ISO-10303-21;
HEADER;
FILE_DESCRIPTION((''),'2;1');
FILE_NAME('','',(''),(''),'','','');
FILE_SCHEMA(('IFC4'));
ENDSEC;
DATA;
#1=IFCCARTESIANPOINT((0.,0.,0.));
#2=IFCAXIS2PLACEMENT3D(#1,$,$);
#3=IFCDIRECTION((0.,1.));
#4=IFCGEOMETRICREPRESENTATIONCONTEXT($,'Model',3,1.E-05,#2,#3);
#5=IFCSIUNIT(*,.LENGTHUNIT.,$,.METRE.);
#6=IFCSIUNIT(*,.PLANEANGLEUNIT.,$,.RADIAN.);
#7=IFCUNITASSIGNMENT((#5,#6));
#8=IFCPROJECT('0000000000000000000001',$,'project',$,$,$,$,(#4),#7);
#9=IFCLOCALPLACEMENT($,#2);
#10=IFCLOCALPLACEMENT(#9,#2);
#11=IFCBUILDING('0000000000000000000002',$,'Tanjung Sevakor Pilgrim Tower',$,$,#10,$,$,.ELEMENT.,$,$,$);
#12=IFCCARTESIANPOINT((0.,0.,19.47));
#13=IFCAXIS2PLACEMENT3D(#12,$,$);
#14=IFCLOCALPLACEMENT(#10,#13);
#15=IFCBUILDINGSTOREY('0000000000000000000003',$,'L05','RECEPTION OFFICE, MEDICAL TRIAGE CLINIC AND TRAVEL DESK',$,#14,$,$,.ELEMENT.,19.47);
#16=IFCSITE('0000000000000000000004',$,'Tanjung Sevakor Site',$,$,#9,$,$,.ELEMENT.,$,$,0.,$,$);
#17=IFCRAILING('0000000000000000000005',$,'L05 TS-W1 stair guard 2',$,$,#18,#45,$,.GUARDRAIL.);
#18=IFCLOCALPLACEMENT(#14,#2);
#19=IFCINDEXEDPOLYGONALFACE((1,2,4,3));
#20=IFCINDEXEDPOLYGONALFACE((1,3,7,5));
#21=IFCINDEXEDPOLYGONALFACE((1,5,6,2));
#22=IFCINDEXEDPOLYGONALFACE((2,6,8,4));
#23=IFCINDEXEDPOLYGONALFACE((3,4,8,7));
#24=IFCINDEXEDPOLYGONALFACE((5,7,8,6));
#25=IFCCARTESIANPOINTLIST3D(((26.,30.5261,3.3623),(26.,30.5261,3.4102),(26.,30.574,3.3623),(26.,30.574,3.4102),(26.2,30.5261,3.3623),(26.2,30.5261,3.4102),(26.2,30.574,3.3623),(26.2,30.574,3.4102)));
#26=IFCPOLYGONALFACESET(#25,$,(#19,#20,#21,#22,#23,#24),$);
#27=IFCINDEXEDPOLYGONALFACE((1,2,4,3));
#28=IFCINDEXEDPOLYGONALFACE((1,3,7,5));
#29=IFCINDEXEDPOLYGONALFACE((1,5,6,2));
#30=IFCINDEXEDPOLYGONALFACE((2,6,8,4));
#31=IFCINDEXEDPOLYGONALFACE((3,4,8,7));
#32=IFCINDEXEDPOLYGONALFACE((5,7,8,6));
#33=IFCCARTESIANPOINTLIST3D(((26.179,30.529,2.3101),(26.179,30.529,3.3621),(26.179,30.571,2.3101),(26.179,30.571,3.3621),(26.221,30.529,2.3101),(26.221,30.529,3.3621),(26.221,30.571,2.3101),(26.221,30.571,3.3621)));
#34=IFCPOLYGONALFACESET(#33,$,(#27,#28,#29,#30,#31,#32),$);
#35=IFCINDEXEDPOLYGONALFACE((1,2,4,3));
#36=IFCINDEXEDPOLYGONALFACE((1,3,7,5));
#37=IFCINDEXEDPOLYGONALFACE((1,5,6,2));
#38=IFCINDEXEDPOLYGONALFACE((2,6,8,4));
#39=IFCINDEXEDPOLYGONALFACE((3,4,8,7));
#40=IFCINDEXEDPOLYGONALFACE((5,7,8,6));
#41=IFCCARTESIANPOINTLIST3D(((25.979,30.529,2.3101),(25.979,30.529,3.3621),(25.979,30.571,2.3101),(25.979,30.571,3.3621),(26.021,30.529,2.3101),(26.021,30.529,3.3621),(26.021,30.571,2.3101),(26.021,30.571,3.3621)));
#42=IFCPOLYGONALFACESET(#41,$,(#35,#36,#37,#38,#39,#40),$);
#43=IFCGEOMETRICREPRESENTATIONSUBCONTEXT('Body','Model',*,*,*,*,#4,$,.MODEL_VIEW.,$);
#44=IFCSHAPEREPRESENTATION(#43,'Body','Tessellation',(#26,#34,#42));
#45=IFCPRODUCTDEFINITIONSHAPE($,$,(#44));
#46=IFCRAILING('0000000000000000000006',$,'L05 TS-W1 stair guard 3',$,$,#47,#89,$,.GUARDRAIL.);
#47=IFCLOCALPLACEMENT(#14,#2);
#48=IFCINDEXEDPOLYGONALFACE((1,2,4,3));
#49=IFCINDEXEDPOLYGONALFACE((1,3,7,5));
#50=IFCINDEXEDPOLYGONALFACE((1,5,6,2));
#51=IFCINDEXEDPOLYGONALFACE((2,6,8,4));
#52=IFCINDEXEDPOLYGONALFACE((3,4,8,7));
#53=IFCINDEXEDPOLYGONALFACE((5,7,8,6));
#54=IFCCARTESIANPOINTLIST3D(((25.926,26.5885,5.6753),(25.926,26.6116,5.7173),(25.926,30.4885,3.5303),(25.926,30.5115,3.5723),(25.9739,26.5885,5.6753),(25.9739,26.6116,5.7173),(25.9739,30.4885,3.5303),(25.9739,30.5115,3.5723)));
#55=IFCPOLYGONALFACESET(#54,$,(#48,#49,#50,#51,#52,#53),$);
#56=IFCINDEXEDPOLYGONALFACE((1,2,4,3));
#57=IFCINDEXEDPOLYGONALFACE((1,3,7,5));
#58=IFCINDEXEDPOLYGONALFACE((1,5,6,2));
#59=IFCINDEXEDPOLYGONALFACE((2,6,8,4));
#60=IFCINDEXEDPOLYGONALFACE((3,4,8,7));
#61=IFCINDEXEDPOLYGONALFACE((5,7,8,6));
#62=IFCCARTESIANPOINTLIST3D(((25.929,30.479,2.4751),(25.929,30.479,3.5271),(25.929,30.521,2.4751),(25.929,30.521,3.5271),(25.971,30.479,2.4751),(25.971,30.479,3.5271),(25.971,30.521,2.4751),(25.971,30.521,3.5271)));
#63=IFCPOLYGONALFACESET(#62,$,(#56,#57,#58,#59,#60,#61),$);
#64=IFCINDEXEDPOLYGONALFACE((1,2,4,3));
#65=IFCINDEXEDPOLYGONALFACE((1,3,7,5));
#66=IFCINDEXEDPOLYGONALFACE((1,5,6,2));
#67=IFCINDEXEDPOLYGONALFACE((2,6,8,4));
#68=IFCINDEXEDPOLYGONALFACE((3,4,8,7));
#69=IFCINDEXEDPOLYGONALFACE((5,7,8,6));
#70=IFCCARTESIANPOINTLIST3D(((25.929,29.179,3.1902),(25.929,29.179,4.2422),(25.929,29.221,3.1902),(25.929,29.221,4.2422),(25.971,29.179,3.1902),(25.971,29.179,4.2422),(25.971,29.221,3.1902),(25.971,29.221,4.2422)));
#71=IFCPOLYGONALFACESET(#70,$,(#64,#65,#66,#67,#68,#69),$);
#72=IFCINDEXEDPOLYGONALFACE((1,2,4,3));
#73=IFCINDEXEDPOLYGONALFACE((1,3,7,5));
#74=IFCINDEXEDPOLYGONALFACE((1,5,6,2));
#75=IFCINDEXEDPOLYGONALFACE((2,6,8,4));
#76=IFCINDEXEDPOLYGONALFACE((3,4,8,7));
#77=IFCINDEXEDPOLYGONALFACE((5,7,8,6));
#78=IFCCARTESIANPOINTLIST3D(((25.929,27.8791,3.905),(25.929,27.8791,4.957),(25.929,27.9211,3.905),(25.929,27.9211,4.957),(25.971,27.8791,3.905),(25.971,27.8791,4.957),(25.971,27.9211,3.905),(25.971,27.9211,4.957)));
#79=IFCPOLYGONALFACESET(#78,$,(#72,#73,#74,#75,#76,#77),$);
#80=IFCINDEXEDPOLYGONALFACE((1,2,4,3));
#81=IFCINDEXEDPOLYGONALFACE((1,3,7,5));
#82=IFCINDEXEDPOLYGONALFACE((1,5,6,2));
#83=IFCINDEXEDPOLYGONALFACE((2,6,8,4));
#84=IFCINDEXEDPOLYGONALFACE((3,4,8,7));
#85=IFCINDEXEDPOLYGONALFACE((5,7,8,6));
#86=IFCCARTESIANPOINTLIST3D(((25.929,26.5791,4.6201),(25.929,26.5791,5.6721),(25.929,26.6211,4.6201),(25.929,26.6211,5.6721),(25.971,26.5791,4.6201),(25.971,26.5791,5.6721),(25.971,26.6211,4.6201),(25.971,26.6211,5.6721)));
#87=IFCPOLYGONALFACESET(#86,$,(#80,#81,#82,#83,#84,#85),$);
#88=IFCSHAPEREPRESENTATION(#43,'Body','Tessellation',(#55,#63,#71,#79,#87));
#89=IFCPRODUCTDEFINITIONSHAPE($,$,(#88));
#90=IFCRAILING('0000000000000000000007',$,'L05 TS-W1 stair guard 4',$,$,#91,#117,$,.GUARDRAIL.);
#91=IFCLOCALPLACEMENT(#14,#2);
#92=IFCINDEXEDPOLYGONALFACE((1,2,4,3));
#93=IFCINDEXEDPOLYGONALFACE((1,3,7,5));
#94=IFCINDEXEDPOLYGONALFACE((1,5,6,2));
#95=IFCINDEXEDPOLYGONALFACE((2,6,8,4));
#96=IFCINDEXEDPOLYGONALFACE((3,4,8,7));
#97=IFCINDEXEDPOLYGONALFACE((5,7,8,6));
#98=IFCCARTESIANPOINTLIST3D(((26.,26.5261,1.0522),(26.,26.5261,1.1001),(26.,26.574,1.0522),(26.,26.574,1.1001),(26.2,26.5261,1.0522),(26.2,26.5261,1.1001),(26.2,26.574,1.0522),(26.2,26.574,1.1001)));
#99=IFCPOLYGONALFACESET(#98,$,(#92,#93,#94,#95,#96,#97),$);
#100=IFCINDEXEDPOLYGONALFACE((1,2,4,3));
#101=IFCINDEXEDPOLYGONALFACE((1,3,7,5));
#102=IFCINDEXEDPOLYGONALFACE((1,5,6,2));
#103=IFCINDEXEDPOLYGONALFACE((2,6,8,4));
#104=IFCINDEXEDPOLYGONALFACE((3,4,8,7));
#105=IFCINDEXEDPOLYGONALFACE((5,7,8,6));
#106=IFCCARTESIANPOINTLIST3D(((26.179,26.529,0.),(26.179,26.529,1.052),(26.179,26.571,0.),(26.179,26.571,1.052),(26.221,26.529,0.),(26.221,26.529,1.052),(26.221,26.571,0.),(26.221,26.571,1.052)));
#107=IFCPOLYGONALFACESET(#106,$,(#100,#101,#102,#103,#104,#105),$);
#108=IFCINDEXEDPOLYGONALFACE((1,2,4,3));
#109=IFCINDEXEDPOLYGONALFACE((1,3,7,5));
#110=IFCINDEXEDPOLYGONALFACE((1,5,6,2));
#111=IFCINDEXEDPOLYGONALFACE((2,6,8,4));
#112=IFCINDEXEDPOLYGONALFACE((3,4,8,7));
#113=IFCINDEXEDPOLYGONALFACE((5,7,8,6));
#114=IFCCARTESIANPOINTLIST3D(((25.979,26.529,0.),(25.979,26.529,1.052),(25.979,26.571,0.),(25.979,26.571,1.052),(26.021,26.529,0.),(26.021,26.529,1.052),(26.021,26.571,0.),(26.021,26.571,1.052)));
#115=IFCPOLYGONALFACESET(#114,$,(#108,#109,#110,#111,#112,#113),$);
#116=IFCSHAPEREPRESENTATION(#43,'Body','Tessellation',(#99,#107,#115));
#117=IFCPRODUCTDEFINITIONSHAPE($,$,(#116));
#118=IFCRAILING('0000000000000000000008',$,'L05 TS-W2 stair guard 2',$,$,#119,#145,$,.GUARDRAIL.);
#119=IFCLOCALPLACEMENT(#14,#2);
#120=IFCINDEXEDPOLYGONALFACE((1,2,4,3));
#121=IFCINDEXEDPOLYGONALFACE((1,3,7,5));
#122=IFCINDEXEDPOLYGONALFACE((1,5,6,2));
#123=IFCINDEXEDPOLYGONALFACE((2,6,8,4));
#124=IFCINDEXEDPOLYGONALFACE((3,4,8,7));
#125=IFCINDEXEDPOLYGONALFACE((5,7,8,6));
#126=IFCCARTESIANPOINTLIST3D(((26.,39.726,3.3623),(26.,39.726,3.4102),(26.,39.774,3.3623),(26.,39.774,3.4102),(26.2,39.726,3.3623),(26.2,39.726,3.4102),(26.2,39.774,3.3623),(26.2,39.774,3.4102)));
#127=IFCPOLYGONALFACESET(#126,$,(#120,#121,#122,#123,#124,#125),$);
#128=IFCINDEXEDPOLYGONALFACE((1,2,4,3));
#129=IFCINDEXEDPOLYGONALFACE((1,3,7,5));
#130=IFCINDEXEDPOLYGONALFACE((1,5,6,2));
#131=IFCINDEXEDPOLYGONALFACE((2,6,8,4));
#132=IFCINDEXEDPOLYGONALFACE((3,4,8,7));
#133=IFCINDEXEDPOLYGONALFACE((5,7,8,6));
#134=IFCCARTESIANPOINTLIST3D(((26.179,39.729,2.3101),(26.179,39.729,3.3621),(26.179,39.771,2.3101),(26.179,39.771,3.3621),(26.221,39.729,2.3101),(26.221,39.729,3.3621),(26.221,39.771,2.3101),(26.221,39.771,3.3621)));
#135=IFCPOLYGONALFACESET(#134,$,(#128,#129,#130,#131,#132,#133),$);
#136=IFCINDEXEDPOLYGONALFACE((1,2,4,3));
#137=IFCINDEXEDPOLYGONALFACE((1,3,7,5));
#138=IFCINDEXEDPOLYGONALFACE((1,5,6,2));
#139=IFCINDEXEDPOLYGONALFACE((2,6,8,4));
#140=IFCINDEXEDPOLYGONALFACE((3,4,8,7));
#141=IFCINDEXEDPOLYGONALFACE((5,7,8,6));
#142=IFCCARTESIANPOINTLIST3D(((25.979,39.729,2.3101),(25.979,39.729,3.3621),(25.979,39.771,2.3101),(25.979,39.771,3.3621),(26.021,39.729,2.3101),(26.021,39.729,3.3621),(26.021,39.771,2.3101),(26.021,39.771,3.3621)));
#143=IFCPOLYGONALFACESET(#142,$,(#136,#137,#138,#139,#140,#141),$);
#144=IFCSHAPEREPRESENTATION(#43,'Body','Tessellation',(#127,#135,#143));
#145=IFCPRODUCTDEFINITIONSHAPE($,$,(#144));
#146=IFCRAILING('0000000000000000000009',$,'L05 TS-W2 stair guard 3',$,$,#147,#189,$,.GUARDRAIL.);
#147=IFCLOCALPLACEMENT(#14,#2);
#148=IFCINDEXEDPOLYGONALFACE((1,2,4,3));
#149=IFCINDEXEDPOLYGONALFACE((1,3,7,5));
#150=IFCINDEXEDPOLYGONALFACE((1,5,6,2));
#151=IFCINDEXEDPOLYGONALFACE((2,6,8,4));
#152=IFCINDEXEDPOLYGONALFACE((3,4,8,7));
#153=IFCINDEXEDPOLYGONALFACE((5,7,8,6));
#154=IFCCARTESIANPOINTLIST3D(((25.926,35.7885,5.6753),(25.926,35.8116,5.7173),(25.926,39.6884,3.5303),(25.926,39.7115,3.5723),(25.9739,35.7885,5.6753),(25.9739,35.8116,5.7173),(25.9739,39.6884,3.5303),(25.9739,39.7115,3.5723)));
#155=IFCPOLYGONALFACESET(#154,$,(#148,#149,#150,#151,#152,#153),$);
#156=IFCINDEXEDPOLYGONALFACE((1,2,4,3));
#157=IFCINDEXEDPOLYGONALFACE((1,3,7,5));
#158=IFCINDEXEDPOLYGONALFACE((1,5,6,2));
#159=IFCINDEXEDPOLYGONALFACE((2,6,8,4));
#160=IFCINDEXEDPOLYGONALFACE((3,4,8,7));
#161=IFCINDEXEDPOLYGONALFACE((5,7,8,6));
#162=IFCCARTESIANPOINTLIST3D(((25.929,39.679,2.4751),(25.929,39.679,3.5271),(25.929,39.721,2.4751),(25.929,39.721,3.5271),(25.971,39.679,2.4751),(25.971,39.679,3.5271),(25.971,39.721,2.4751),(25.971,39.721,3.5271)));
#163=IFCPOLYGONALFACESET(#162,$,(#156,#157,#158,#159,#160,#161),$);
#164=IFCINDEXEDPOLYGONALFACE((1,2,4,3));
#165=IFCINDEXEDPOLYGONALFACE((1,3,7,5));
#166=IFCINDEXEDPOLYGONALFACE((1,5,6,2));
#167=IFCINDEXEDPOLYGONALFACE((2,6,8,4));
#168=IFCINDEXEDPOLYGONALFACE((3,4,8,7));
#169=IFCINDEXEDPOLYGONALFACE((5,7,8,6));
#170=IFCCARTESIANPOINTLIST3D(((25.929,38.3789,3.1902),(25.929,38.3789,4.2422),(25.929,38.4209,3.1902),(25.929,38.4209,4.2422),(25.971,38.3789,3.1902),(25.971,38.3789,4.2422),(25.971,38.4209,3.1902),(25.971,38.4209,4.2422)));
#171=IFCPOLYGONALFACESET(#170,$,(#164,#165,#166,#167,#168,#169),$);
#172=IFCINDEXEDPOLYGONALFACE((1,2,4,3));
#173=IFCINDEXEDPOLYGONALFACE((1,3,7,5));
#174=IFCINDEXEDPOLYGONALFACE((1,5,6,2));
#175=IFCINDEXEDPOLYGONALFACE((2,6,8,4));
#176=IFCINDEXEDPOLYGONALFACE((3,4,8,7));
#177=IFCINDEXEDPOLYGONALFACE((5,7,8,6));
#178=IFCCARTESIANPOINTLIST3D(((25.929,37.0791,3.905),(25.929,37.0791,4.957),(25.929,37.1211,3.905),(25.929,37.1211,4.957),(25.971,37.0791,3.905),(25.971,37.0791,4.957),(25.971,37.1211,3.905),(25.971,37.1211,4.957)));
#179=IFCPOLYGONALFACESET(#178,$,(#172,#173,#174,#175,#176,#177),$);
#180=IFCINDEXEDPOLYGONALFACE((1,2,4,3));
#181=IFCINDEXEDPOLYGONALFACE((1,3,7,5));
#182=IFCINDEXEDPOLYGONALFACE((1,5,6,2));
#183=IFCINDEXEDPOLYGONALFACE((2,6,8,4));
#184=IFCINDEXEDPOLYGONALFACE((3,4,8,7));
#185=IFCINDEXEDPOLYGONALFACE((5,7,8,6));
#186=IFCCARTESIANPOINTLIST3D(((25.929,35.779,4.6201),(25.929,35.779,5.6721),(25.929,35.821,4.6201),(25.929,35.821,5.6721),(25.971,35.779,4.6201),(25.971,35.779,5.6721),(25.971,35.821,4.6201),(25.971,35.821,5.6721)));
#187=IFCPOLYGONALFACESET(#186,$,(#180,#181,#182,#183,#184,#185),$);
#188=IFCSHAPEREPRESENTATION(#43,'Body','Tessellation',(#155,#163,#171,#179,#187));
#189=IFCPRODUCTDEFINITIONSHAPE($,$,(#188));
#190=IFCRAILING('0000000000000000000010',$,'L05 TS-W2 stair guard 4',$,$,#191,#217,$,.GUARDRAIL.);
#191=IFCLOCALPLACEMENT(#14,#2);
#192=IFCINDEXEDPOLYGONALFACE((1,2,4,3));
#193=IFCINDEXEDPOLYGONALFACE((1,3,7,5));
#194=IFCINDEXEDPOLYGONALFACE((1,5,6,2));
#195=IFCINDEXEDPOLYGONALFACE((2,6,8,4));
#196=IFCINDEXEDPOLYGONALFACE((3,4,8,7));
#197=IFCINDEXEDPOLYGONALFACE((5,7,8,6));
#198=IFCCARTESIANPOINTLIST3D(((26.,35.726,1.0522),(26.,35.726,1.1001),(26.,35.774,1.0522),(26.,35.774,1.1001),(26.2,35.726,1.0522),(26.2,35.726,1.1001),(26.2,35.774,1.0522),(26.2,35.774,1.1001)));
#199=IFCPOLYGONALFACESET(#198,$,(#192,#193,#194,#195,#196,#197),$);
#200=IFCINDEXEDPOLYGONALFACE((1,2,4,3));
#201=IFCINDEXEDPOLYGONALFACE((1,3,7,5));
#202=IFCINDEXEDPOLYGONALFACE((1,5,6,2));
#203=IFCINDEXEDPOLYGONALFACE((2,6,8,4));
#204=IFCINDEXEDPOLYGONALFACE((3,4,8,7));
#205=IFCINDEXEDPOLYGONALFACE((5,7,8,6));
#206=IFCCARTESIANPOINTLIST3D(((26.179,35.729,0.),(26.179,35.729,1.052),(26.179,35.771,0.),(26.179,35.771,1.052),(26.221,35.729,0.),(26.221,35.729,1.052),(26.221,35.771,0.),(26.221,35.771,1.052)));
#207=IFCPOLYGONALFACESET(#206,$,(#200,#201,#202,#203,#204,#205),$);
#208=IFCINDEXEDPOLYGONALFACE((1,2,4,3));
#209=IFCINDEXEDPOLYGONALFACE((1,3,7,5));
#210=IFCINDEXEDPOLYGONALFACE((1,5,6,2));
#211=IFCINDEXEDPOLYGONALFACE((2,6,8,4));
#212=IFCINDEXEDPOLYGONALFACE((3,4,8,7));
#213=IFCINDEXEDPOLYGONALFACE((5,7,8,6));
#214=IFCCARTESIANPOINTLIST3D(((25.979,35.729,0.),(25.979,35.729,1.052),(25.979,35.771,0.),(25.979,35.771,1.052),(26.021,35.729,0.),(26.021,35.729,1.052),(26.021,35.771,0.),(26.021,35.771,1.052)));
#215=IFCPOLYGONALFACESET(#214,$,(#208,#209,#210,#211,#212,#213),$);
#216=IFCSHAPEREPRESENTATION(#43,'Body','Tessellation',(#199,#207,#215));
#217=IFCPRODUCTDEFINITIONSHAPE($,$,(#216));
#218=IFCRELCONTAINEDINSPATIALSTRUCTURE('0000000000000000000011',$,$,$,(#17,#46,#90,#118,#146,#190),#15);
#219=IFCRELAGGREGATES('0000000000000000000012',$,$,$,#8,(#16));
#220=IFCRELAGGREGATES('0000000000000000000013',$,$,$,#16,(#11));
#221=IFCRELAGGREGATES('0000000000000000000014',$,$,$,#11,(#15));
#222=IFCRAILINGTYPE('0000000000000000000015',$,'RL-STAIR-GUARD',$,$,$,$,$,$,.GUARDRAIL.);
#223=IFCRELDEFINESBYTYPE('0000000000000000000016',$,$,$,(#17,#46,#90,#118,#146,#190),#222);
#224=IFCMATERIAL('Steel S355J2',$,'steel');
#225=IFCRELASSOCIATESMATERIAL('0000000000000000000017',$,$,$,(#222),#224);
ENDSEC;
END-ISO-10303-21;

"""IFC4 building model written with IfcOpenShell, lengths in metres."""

from ifc_helpers import new_model, si_unit, direction, frame, origin, place, context, subcontext, project, spatial, rectangle, extrude, material, type_object, element, save


model = new_model("IFC4")

# Units and contexts
model_context = context("Model", 3, precision=1e-05, world=origin(), true_north=direction((0.0, 1.0)))
body_context = subcontext(model_context, "Body", "Model", "MODEL_VIEW")
ifc_project = project(units=[si_unit("LENGTHUNIT", "METRE"), si_unit("PLANEANGLEUNIT", "RADIAN")], contexts=[model_context])

# Site, building, storey
site_placement = place(None, origin())
site = spatial("IfcSite", under=ifc_project, at=site_placement, Name="Tanjung Sevakor Site", CompositionType="ELEMENT", RefElevation=0.0)
building_placement = place(site_placement, origin())
building = spatial("IfcBuilding", under=site, at=building_placement, Name="Tanjung Sevakor Pilgrim Tower", CompositionType="ELEMENT")
storey_placement = place(building_placement, frame((0.0, 0.0, 19.47)))
storey = spatial("IfcBuildingStorey", under=building, at=storey_placement, Name="L05", Description="RECEPTION OFFICE, MEDICAL TRIAGE CLINIC AND TRAVEL DESK", CompositionType="ELEMENT", Elevation=19.47)

# Railings
ifc_material_1 = material(Name="Steel S355J2", Category="steel")
railing_type_1 = type_object("IfcRailingType", Name="RL-STAIR-GUARD", PredefinedType="GUARDRAIL", material=ifc_material_1)
railing_1_placement = place(storey_placement, frame((26.2, 30.55, 2.3101)))
element("IfcRailing", 1, at=railing_1_placement, inside=storey, type_object=railing_type_1, Name="L05 TS-W1 stair guard 2", PredefinedType="GUARDRAIL", context=body_context, shape_type="SweptSolid", body=[
    extrude(rectangle(XDim=0.0479, YDim=0.0479), frame((0.0, 0.0, 1.0762), z_axis=(-1.0, 0.0, 0.0), x_axis=(0.0, -1.0, 0.0)), (0.0, 0.0, 1.0), 0.2),
    extrude(rectangle(XDim=0.042, YDim=0.042), origin(), (0.0, 0.0, 1.0), 1.052),
    extrude(rectangle(XDim=0.042, YDim=0.042), frame((-0.2, 0.0, 0.0)), (0.0, 0.0, 1.0), 1.052),
])
railing_2_placement = place(storey_placement, frame((25.95, 30.5, 2.4751)))
element("IfcRailing", 2, at=railing_2_placement, inside=storey, type_object=railing_type_1, Name="L05 TS-W1 stair guard 3", PredefinedType="GUARDRAIL", context=body_context, shape_type="SweptSolid", body=[
    extrude(rectangle(XDim=0.0479, YDim=0.0479), frame((0.0, 0.0, 1.0762), z_axis=(0.0, -0.876209, 0.481931), x_axis=(1.0, 0.0, 0.0)), (0.0, 0.0, 1.0), 4.4509),
    extrude(rectangle(XDim=0.042, YDim=0.042), origin(), (0.0, 0.0, 1.0), 1.052),
    extrude(rectangle(XDim=0.042, YDim=0.042), frame((0.0, -1.3, 0.7151)), (0.0, 0.0, 1.0), 1.052),
    extrude(rectangle(XDim=0.042, YDim=0.042), frame((0.0, -2.5999, 1.4299)), (0.0, 0.0, 1.0), 1.052),
    extrude(rectangle(XDim=0.042, YDim=0.042), frame((0.0, -3.8999, 2.145)), (0.0, 0.0, 1.0), 1.052),
])
for number, where, name in (
    (3, (26.2, 26.55, 0.0), "L05 TS-W1 stair guard 4"),
    (4, (26.2, 39.75, 2.3101), "L05 TS-W2 stair guard 2"),
):
    element("IfcRailing", number, at=place(storey_placement, frame(where)), inside=storey, type_object=railing_type_1, Name=name, PredefinedType="GUARDRAIL", context=body_context, shape_type="SweptSolid", body=[
        extrude(rectangle(XDim=0.0479, YDim=0.0479), frame((0.0, 0.0, 1.0762), z_axis=(-1.0, 0.0, 0.0), x_axis=(0.0, -1.0, 0.0)), (0.0, 0.0, 1.0), 0.2),
        extrude(rectangle(XDim=0.042, YDim=0.042), origin(), (0.0, 0.0, 1.0), 1.052),
        extrude(rectangle(XDim=0.042, YDim=0.042), frame((-0.2, 0.0, 0.0)), (0.0, 0.0, 1.0), 1.052),
    ])
railing_3_placement = place(storey_placement, frame((25.95, 39.7, 2.4751)))
element("IfcRailing", 5, at=railing_3_placement, inside=storey, type_object=railing_type_1, Name="L05 TS-W2 stair guard 3", PredefinedType="GUARDRAIL", context=body_context, shape_type="SweptSolid", body=[
    extrude(rectangle(XDim=0.0479, YDim=0.0479), frame((0.0, 0.0, 1.0762), z_axis=(0.0, -0.876209, 0.481931), x_axis=(1.0, 0.0, 0.0)), (0.0, 0.0, 1.0), 4.4509),
    extrude(rectangle(XDim=0.042, YDim=0.042), origin(), (0.0, 0.0, 1.0), 1.052),
    extrude(rectangle(XDim=0.042, YDim=0.042), frame((0.0, -1.3, 0.7151)), (0.0, 0.0, 1.0), 1.052),
    extrude(rectangle(XDim=0.042, YDim=0.042), frame((0.0, -2.5999, 1.4299)), (0.0, 0.0, 1.0), 1.052),
    extrude(rectangle(XDim=0.042, YDim=0.042), frame((0.0, -3.8999, 2.145)), (0.0, 0.0, 1.0), 1.052),
])
railing_4_placement = place(storey_placement, frame((26.2, 35.75, 0.0)))
element("IfcRailing", 6, at=railing_4_placement, inside=storey, type_object=railing_type_1, Name="L05 TS-W2 stair guard 4", PredefinedType="GUARDRAIL", context=body_context, shape_type="SweptSolid", body=[
    extrude(rectangle(XDim=0.0479, YDim=0.0479), frame((0.0, 0.0, 1.0762), z_axis=(-1.0, 0.0, 0.0), x_axis=(0.0, -1.0, 0.0)), (0.0, 0.0, 1.0), 0.2),
    extrude(rectangle(XDim=0.042, YDim=0.042), origin(), (0.0, 0.0, 1.0), 1.052),
    extrude(rectangle(XDim=0.042, YDim=0.042), frame((-0.2, 0.0, 0.0)), (0.0, 0.0, 1.0), 1.052),
])

save(model, "model.ifc")
